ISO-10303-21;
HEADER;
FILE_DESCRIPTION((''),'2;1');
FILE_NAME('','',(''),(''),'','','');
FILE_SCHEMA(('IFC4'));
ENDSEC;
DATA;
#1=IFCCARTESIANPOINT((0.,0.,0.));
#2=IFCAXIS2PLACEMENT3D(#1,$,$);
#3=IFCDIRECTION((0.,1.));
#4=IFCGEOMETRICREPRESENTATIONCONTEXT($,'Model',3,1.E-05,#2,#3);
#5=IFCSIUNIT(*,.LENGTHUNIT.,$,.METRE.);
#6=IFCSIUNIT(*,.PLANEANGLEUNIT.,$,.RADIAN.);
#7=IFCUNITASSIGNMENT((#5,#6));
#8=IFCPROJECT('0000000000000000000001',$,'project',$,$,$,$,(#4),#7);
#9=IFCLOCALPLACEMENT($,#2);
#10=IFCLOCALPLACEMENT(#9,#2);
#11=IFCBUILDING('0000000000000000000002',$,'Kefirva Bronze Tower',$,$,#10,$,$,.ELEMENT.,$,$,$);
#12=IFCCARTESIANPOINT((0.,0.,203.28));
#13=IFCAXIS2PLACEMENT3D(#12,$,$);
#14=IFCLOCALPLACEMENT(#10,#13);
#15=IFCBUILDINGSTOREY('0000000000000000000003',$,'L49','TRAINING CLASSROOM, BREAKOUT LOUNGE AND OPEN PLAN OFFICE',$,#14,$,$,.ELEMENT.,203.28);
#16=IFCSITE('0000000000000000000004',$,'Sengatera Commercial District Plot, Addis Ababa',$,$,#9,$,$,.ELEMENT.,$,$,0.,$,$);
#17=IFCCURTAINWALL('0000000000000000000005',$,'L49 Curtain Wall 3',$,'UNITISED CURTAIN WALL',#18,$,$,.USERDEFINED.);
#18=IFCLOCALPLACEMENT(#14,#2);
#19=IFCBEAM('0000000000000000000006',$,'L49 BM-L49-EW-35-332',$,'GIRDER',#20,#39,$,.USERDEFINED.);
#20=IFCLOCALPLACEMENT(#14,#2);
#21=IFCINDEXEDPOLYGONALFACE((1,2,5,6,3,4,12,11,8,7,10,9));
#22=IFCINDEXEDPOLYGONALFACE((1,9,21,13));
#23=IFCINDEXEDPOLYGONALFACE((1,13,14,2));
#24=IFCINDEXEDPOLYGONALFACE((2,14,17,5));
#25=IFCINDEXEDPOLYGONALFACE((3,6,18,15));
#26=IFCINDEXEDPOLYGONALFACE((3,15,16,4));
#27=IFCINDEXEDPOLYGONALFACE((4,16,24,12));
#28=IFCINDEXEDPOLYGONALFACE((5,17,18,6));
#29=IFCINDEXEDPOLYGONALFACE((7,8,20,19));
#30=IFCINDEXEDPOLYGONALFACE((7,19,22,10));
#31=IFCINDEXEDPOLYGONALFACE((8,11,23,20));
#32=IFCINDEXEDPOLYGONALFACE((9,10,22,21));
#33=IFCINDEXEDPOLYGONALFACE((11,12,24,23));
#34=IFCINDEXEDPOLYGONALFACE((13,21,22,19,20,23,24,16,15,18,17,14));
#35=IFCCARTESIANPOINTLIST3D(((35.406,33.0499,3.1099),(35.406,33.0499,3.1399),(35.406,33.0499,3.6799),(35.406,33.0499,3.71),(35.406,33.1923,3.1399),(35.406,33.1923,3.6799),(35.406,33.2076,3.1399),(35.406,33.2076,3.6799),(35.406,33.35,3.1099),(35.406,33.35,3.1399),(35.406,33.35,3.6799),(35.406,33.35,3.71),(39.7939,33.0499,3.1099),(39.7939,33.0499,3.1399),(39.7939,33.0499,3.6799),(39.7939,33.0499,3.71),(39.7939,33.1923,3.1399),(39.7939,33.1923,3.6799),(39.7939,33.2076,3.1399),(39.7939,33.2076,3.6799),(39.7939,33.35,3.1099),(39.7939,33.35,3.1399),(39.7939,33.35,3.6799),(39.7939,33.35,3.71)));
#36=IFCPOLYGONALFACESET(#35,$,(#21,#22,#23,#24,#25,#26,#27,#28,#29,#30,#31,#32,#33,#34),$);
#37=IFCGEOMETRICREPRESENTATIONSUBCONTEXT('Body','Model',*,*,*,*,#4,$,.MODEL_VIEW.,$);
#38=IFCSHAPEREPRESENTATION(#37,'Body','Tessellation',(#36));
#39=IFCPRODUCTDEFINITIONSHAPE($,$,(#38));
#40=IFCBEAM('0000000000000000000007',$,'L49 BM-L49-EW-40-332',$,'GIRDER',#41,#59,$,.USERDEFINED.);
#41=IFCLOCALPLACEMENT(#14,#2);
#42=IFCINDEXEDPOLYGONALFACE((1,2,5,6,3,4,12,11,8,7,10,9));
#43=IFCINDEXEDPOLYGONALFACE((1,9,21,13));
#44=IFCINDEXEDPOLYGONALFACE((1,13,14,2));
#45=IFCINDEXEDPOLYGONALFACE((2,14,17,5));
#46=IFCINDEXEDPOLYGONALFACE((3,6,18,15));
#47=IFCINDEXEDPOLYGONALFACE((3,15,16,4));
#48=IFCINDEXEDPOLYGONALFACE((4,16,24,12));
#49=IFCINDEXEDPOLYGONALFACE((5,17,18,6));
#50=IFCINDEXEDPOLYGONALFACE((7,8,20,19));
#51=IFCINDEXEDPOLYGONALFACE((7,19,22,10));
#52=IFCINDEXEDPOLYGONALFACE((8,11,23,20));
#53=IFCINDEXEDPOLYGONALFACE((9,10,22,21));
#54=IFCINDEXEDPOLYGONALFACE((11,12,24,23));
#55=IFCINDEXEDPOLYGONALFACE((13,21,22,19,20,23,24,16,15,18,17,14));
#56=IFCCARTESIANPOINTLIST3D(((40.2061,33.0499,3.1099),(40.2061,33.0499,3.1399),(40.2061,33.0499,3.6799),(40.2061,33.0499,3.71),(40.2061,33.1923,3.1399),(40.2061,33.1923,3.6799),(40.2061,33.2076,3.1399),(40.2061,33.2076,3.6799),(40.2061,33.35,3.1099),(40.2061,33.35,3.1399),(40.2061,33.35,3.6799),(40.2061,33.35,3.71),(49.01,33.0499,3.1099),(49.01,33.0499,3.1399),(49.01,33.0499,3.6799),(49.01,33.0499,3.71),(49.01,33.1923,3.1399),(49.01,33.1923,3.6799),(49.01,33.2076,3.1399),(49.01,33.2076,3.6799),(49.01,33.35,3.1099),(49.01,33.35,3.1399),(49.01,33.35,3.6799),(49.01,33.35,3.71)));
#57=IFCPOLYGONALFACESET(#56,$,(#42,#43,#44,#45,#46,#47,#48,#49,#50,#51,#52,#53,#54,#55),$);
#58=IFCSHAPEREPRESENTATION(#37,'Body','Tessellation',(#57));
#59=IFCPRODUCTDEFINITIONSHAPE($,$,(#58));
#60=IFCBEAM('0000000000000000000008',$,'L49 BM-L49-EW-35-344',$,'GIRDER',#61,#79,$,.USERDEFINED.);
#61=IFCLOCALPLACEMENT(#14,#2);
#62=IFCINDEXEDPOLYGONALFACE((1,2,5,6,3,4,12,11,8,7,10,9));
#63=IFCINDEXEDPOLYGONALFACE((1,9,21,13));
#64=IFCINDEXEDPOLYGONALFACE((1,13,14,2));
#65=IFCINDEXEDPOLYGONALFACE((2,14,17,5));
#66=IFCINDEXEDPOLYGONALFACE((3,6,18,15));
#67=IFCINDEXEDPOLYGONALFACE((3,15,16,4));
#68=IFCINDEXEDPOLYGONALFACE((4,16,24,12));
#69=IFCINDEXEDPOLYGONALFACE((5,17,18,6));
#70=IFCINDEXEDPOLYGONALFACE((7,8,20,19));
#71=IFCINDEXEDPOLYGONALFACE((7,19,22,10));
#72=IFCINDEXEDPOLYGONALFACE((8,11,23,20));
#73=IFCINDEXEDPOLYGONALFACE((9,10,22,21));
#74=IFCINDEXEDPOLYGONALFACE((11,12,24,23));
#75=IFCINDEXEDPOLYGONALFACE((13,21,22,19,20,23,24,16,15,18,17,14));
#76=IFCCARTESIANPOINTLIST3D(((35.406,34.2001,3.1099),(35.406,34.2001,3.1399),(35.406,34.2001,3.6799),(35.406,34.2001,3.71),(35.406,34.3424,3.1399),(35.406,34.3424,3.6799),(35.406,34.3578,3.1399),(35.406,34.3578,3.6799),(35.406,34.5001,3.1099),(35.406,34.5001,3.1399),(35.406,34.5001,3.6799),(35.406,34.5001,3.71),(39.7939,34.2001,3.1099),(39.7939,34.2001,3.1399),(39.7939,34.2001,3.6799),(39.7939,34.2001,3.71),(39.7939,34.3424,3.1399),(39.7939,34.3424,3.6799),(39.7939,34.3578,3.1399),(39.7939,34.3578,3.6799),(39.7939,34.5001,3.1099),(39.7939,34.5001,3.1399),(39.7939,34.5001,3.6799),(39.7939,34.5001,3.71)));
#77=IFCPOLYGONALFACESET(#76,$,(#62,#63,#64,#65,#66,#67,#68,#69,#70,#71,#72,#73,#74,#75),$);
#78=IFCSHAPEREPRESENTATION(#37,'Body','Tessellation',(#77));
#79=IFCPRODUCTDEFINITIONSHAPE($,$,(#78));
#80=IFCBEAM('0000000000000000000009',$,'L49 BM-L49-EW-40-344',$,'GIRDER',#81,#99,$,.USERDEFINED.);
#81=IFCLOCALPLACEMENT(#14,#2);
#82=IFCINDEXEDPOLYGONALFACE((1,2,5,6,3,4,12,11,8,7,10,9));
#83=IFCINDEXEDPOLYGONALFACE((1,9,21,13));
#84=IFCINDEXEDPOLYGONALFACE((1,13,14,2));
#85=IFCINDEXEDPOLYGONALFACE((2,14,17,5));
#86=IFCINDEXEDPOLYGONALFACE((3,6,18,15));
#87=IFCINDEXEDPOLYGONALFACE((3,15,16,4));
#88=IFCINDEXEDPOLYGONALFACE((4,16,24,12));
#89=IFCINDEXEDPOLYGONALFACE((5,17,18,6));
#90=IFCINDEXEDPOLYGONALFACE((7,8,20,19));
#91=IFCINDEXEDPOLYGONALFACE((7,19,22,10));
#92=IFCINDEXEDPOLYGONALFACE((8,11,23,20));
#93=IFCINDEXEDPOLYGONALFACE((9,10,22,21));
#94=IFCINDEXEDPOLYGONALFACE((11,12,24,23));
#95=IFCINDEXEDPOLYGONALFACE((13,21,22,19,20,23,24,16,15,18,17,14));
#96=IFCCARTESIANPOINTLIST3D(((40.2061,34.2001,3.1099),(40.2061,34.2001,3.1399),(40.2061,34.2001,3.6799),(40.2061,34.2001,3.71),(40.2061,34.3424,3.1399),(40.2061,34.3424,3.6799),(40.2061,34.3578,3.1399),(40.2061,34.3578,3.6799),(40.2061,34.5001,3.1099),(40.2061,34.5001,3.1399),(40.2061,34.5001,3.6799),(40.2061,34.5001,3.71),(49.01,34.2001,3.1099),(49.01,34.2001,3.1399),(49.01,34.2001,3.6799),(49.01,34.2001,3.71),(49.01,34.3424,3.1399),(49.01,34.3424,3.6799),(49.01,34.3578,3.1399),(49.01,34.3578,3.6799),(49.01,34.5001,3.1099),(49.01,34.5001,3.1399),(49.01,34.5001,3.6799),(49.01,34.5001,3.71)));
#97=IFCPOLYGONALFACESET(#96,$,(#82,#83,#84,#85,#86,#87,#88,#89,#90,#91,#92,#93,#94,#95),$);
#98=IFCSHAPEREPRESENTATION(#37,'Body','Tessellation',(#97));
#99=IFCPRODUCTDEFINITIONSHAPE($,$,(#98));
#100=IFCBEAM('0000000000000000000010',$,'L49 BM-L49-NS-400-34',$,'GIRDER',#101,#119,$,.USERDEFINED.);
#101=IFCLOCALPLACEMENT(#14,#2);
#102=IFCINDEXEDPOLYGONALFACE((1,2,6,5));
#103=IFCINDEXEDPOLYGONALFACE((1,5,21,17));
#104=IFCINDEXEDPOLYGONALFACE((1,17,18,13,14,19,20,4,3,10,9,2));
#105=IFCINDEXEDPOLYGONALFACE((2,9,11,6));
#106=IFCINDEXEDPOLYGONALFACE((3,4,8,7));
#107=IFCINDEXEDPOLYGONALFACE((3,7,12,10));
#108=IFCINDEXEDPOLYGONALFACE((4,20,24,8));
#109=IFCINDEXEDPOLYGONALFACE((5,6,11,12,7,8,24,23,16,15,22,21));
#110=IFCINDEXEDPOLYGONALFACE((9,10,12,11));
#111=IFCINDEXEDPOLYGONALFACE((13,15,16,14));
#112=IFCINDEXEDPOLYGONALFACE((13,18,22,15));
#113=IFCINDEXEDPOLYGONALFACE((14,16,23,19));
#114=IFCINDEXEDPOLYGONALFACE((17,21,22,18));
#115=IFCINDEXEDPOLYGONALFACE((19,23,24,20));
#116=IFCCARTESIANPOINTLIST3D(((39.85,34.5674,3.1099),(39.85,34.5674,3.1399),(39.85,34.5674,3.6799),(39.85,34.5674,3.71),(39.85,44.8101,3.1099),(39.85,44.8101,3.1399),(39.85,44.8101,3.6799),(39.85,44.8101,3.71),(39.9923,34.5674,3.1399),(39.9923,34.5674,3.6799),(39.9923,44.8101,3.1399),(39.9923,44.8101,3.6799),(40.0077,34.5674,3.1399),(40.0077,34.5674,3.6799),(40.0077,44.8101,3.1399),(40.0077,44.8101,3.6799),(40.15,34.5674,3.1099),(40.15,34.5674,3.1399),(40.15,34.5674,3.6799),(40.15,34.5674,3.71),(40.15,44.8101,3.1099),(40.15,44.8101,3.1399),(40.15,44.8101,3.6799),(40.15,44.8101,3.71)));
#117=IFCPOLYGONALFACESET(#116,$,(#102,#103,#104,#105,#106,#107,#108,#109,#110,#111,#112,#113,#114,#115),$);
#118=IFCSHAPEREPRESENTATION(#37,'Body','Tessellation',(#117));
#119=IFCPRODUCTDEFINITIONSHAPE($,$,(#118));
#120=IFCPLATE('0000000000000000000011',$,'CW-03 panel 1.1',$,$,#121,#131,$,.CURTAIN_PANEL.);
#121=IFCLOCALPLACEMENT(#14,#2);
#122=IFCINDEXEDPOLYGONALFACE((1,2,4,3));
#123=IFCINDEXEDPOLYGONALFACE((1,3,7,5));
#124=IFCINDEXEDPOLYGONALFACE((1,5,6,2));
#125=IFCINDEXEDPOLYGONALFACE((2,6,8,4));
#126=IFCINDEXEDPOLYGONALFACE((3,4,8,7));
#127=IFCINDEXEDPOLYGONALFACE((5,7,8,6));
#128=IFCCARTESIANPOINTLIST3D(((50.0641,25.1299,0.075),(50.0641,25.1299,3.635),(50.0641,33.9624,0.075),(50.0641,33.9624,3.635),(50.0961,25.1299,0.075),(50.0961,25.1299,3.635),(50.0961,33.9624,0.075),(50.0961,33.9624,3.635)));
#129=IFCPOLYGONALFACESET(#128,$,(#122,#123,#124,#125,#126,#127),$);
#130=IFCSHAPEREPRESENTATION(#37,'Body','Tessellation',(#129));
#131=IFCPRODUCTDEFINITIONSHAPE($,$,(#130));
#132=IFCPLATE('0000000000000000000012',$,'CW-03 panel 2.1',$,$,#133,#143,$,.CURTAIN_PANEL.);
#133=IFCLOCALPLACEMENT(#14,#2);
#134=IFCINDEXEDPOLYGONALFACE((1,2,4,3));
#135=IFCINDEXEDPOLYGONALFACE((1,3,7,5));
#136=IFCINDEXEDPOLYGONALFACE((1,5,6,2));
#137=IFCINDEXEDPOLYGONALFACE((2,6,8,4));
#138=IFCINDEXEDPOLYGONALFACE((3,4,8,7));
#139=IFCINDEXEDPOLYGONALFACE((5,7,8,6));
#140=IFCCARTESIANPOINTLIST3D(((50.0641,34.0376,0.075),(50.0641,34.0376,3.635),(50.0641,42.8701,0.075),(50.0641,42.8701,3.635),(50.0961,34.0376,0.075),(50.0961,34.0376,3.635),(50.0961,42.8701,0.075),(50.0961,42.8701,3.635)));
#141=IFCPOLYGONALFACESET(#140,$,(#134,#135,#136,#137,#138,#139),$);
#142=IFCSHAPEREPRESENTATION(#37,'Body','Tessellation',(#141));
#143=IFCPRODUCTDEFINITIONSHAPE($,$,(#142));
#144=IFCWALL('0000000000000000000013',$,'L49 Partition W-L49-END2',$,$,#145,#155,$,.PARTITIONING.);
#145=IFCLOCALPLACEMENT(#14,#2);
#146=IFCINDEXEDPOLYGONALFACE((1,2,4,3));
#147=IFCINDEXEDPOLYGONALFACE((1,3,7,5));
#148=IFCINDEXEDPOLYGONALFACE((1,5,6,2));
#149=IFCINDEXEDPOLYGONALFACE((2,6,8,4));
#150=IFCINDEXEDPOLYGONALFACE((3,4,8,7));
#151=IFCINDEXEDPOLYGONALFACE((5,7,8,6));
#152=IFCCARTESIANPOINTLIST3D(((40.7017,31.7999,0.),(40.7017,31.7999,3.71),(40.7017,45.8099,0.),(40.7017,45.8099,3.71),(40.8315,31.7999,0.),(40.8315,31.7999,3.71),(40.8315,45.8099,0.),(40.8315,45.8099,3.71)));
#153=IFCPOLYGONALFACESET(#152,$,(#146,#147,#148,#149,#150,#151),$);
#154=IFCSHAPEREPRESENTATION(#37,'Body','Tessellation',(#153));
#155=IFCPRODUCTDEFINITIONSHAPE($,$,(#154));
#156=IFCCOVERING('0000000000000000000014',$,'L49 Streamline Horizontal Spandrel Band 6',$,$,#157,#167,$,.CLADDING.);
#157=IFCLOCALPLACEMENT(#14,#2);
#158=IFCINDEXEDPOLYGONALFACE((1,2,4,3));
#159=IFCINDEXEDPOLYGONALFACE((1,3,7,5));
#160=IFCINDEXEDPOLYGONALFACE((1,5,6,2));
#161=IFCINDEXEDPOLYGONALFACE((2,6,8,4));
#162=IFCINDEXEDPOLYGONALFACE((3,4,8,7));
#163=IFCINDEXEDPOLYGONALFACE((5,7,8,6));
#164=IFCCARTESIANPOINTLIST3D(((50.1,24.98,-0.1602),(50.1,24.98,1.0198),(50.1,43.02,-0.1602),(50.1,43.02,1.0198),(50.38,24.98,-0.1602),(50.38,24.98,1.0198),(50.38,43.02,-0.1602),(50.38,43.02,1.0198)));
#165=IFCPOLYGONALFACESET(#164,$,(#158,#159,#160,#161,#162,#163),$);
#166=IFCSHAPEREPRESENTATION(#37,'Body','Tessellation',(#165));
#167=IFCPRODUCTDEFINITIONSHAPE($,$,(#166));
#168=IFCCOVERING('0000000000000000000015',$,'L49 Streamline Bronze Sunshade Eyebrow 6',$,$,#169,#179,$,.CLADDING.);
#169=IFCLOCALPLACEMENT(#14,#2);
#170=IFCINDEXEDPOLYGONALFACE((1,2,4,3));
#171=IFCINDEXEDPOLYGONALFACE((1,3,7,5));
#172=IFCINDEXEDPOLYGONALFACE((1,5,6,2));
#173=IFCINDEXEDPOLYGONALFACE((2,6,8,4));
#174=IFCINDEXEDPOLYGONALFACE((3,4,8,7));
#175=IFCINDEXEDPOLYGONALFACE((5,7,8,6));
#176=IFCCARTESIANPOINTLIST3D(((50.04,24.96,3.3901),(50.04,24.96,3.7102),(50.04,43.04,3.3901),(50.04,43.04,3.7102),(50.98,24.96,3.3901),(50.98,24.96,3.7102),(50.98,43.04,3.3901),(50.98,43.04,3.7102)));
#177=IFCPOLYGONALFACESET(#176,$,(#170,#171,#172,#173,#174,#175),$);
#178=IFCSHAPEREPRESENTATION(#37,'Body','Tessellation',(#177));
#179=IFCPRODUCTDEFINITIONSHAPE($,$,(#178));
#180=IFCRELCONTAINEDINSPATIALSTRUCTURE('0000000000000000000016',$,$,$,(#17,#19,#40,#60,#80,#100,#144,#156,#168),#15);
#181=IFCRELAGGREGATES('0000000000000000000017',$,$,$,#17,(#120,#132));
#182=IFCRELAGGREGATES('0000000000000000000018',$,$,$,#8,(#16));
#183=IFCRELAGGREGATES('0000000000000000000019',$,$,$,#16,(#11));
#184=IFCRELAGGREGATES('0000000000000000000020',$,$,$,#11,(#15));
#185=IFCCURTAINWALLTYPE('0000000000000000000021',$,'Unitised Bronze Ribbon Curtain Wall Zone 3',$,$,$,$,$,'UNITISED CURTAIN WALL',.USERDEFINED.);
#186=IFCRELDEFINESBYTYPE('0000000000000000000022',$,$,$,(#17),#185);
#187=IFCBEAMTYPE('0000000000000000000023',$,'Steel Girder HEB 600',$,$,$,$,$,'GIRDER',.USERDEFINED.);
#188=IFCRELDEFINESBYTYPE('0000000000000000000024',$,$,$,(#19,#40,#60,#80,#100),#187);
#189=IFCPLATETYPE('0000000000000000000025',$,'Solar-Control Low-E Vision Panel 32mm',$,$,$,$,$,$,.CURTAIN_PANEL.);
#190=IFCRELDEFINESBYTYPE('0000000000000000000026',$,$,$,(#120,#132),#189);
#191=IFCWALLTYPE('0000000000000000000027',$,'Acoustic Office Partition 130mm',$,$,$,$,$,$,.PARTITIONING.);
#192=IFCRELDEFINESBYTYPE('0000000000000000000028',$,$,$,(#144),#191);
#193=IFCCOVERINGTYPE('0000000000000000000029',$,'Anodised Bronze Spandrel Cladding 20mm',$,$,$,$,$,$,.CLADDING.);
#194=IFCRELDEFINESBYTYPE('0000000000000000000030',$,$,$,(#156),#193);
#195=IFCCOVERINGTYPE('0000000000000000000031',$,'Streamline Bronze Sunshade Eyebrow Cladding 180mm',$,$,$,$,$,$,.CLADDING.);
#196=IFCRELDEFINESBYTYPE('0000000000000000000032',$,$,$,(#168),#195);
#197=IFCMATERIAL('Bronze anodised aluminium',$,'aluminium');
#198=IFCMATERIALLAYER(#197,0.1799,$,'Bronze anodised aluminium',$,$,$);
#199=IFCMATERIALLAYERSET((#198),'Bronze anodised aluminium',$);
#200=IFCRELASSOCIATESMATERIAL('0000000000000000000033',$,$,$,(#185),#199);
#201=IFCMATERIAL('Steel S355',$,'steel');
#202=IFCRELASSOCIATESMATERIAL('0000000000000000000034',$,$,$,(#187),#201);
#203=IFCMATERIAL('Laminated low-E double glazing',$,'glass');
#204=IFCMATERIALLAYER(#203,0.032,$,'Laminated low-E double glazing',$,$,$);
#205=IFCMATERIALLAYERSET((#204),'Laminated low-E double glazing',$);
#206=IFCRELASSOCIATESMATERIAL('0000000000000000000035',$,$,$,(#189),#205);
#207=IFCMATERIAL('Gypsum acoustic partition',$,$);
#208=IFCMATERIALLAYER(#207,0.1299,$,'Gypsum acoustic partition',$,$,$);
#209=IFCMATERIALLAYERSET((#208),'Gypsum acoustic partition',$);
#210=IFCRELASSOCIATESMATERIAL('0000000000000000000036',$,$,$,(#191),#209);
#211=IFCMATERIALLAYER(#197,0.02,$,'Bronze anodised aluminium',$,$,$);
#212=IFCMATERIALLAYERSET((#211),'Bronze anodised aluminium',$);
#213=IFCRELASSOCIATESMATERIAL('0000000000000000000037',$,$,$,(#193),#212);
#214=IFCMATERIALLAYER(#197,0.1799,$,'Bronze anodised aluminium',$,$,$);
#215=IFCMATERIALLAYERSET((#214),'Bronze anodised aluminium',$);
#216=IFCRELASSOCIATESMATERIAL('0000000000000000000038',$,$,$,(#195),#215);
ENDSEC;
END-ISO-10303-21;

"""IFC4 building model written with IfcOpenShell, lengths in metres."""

from ifc_helpers import new_model, si_unit, direction, frame, frame_2d, origin, origin_2d, place, context, subcontext, project, spatial, rectangle, i_section, extrude, material, layer, layer_set, material_profile, profile_set, type_object, element, aggregate, save


model = new_model("IFC4")

# Units and contexts
model_context = context("Model", 3, precision=1e-05, world=origin(), true_north=direction((0.0, 1.0)))
body_context = subcontext(model_context, "Body", "Model", "MODEL_VIEW")
ifc_project = project(units=[si_unit("LENGTHUNIT", "METRE"), si_unit("PLANEANGLEUNIT", "RADIAN")], contexts=[model_context])

# Site, building, storey
site_placement = place(None, origin())
site = spatial("IfcSite", under=ifc_project, at=site_placement, Name="Sengatera Commercial District Plot, Addis Ababa", CompositionType="ELEMENT", RefElevation=0.0)
building_placement = place(site_placement, origin())
building = spatial("IfcBuilding", under=site, at=building_placement, Name="Kefirva Bronze Tower", CompositionType="ELEMENT")
storey_placement = place(building_placement, frame((0.0, 0.0, 203.28)))
storey = spatial("IfcBuildingStorey", under=building, at=storey_placement, Name="L49", Description="TRAINING CLASSROOM, BREAKOUT LOUNGE AND OPEN PLAN OFFICE", CompositionType="ELEMENT", Elevation=203.28)

# Curtain wall
ifc_material_1 = material(Name="Bronze anodised aluminium", Category="aluminium")
ifc_layer_1 = layer(ifc_material_1, 0.1799, Name="Bronze anodised aluminium")
ifc_layer_set_1 = layer_set([ifc_layer_1], Name="Bronze anodised aluminium")
curtain_wall_type = type_object("IfcCurtainWallType", Name="Unitised Bronze Ribbon Curtain Wall Zone 3", ElementType="UNITISED CURTAIN WALL", PredefinedType="USERDEFINED", material=ifc_layer_set_1)
curtain_wall_placement = place(storey_placement, origin())
curtain_wall = element("IfcCurtainWall", 1, at=curtain_wall_placement, inside=storey, type_object=curtain_wall_type, Name="L49 Curtain Wall 3", ObjectType="UNITISED CURTAIN WALL", PredefinedType="USERDEFINED")

# Beams
ifc_material_2 = material(Name="Steel S355", Category="steel")
ifc_material_profile_1 = material_profile(ifc_material_2, i_section(OverallWidth=0.3, OverallDepth=0.6001, WebThickness=0.0154, FlangeThickness=0.03, at=origin_2d()), Name="HEB 600")
ifc_profile_set_1 = profile_set([ifc_material_profile_1], Name="Steel S355")
beam_type_1 = type_object("IfcBeamType", Name="Steel Girder HEB 600", ElementType="GIRDER", PredefinedType="USERDEFINED", material=ifc_profile_set_1)
beam_1_placement = place(storey_placement, frame((35.406, 33.2, 3.4099), z_axis=(1.0, 0.0, 0.0), x_axis=(0.0, 1.0, 0.0)))
element("IfcBeam", 2, at=beam_1_placement, inside=storey, type_object=beam_type_1, Name="L49 BM-L49-EW-35-332", ObjectType="GIRDER", PredefinedType="USERDEFINED", context=body_context, shape_type="SweptSolid", body=[
    extrude(i_section(OverallWidth=0.3, OverallDepth=0.6001, WebThickness=0.0154, FlangeThickness=0.03, at=origin_2d()), origin(), (0.0, 0.0, 1.0), 4.3879),
])
beam_2_placement = place(storey_placement, frame((40.2061, 33.2, 3.4099), z_axis=(1.0, 0.0, 0.0), x_axis=(0.0, 1.0, 0.0)))
element("IfcBeam", 3, at=beam_2_placement, inside=storey, type_object=beam_type_1, Name="L49 BM-L49-EW-40-332", ObjectType="GIRDER", PredefinedType="USERDEFINED", context=body_context, shape_type="SweptSolid", body=[
    extrude(i_section(OverallWidth=0.3, OverallDepth=0.6001, WebThickness=0.0154, FlangeThickness=0.03, at=origin_2d()), origin(), (0.0, 0.0, 1.0), 8.804),
])
beam_3_placement = place(storey_placement, frame((35.406, 34.3501, 3.4099), z_axis=(1.0, 0.0, 0.0), x_axis=(0.0, 1.0, 0.0)))
element("IfcBeam", 4, at=beam_3_placement, inside=storey, type_object=beam_type_1, Name="L49 BM-L49-EW-35-344", ObjectType="GIRDER", PredefinedType="USERDEFINED", context=body_context, shape_type="SweptSolid", body=[
    extrude(i_section(OverallWidth=0.3, OverallDepth=0.6001, WebThickness=0.0154, FlangeThickness=0.03, at=origin_2d()), origin(), (0.0, 0.0, 1.0), 4.3879),
])
beam_4_placement = place(storey_placement, frame((40.2061, 34.3501, 3.4099), z_axis=(1.0, 0.0, 0.0), x_axis=(0.0, 1.0, 0.0)))
element("IfcBeam", 5, at=beam_4_placement, inside=storey, type_object=beam_type_1, Name="L49 BM-L49-EW-40-344", ObjectType="GIRDER", PredefinedType="USERDEFINED", context=body_context, shape_type="SweptSolid", body=[
    extrude(i_section(OverallWidth=0.3, OverallDepth=0.6001, WebThickness=0.0154, FlangeThickness=0.03, at=origin_2d()), origin(), (0.0, 0.0, 1.0), 8.804),
])
beam_5_placement = place(storey_placement, frame((40.0, 34.5674, 3.4099), z_axis=(0.0, 1.0, 0.0), x_axis=(-1.0, 0.0, 0.0)))
element("IfcBeam", 6, at=beam_5_placement, inside=storey, type_object=beam_type_1, Name="L49 BM-L49-NS-400-34", ObjectType="GIRDER", PredefinedType="USERDEFINED", context=body_context, shape_type="SweptSolid", body=[
    extrude(i_section(OverallWidth=0.3, OverallDepth=0.6001, WebThickness=0.0154, FlangeThickness=0.03, at=origin_2d()), origin(), (0.0, 0.0, 1.0), 10.2427),
])

# Plates
ifc_material_3 = material(Name="Laminated low-E double glazing", Category="glass")
ifc_layer_2 = layer(ifc_material_3, 0.032, Name="Laminated low-E double glazing")
ifc_layer_set_2 = layer_set([ifc_layer_2], Name="Laminated low-E double glazing")
plate_type = type_object("IfcPlateType", Name="Solar-Control Low-E Vision Panel 32mm", PredefinedType="CURTAIN_PANEL", material=ifc_layer_set_2)
plate_1_placement = place(storey_placement, frame((50.0801, 29.5461, 0.075), z_axis=(0.0, 0.0, 1.0), x_axis=(0.0, 1.0, 0.0)))
plate_1 = element("IfcPlate", 7, at=plate_1_placement, type_object=plate_type, Name="CW-03 panel 1.1", PredefinedType="CURTAIN_PANEL", context=body_context, shape_type="SweptSolid", body=[
    extrude(rectangle(XDim=8.8325, YDim=0.032, at=origin_2d()), origin(), (0.0, 0.0, 1.0), 3.5601),
])
plate_2_placement = place(storey_placement, frame((50.0801, 38.4539, 0.075), z_axis=(0.0, 0.0, 1.0), x_axis=(0.0, 1.0, 0.0)))
plate_2 = element("IfcPlate", 8, at=plate_2_placement, type_object=plate_type, Name="CW-03 panel 2.1", PredefinedType="CURTAIN_PANEL", context=body_context, shape_type="SweptSolid", body=[
    extrude(rectangle(XDim=8.8325, YDim=0.032, at=origin_2d()), origin(), (0.0, 0.0, 1.0), 3.5601),
])
aggregate(curtain_wall, [plate_1, plate_2])

# Wall
ifc_material_4 = material(Name="Gypsum acoustic partition")
ifc_layer_3 = layer(ifc_material_4, 0.1299, Name="Gypsum acoustic partition")
ifc_layer_set_3 = layer_set([ifc_layer_3], Name="Gypsum acoustic partition")
wall_type = type_object("IfcWallType", Name="Acoustic Office Partition 130mm", PredefinedType="PARTITIONING", material=ifc_layer_set_3)
wall_placement = place(storey_placement, frame((40.7666, 31.8, 0.0), z_axis=(0.0, 0.0, 1.0), x_axis=(0.0, 1.0, 0.0)))
element("IfcWall", 9, at=wall_placement, inside=storey, type_object=wall_type, Name="L49 Partition W-L49-END2", PredefinedType="PARTITIONING", context=body_context, shape_type="SweptSolid", body=[
    extrude(rectangle(XDim=14.01, YDim=0.1299, at=frame_2d((7.0049, 0.0))), origin(), (0.0, 0.0, 1.0), 3.71),
])

# Coverings
ifc_layer_4 = layer(ifc_material_1, 0.02, Name="Bronze anodised aluminium")
ifc_layer_set_4 = layer_set([ifc_layer_4], Name="Bronze anodised aluminium")
covering_type_1 = type_object("IfcCoveringType", Name="Anodised Bronze Spandrel Cladding 20mm", PredefinedType="CLADDING", material=ifc_layer_set_4)
covering_1_placement = place(storey_placement, frame((50.24, 34.0, -0.1602), z_axis=(0.0, 0.0, 1.0), x_axis=(0.0, 1.0, 0.0)))
element("IfcCovering", 10, at=covering_1_placement, inside=storey, type_object=covering_type_1, Name="L49 Streamline Horizontal Spandrel Band 6", PredefinedType="CLADDING", context=body_context, shape_type="SweptSolid", body=[
    extrude(rectangle(XDim=18.04, YDim=0.28, at=origin_2d()), origin(), (0.0, 0.0, 1.0), 1.1799),
])
ifc_layer_5 = layer(ifc_material_1, 0.1799, Name="Bronze anodised aluminium")
ifc_layer_set_5 = layer_set([ifc_layer_5], Name="Bronze anodised aluminium")
covering_type_2 = type_object("IfcCoveringType", Name="Streamline Bronze Sunshade Eyebrow Cladding 180mm", PredefinedType="CLADDING", material=ifc_layer_set_5)
covering_2_placement = place(storey_placement, frame((50.51, 34.0, 3.3901), z_axis=(0.0, 0.0, 1.0), x_axis=(0.0, 1.0, 0.0)))
element("IfcCovering", 11, at=covering_2_placement, inside=storey, type_object=covering_type_2, Name="L49 Streamline Bronze Sunshade Eyebrow 6", PredefinedType="CLADDING", context=body_context, shape_type="SweptSolid", body=[
    extrude(rectangle(XDim=18.0801, YDim=0.9399, at=origin_2d()), origin(), (0.0, 0.0, 1.0), 0.3201),
])

save(model, "model.ifc")
